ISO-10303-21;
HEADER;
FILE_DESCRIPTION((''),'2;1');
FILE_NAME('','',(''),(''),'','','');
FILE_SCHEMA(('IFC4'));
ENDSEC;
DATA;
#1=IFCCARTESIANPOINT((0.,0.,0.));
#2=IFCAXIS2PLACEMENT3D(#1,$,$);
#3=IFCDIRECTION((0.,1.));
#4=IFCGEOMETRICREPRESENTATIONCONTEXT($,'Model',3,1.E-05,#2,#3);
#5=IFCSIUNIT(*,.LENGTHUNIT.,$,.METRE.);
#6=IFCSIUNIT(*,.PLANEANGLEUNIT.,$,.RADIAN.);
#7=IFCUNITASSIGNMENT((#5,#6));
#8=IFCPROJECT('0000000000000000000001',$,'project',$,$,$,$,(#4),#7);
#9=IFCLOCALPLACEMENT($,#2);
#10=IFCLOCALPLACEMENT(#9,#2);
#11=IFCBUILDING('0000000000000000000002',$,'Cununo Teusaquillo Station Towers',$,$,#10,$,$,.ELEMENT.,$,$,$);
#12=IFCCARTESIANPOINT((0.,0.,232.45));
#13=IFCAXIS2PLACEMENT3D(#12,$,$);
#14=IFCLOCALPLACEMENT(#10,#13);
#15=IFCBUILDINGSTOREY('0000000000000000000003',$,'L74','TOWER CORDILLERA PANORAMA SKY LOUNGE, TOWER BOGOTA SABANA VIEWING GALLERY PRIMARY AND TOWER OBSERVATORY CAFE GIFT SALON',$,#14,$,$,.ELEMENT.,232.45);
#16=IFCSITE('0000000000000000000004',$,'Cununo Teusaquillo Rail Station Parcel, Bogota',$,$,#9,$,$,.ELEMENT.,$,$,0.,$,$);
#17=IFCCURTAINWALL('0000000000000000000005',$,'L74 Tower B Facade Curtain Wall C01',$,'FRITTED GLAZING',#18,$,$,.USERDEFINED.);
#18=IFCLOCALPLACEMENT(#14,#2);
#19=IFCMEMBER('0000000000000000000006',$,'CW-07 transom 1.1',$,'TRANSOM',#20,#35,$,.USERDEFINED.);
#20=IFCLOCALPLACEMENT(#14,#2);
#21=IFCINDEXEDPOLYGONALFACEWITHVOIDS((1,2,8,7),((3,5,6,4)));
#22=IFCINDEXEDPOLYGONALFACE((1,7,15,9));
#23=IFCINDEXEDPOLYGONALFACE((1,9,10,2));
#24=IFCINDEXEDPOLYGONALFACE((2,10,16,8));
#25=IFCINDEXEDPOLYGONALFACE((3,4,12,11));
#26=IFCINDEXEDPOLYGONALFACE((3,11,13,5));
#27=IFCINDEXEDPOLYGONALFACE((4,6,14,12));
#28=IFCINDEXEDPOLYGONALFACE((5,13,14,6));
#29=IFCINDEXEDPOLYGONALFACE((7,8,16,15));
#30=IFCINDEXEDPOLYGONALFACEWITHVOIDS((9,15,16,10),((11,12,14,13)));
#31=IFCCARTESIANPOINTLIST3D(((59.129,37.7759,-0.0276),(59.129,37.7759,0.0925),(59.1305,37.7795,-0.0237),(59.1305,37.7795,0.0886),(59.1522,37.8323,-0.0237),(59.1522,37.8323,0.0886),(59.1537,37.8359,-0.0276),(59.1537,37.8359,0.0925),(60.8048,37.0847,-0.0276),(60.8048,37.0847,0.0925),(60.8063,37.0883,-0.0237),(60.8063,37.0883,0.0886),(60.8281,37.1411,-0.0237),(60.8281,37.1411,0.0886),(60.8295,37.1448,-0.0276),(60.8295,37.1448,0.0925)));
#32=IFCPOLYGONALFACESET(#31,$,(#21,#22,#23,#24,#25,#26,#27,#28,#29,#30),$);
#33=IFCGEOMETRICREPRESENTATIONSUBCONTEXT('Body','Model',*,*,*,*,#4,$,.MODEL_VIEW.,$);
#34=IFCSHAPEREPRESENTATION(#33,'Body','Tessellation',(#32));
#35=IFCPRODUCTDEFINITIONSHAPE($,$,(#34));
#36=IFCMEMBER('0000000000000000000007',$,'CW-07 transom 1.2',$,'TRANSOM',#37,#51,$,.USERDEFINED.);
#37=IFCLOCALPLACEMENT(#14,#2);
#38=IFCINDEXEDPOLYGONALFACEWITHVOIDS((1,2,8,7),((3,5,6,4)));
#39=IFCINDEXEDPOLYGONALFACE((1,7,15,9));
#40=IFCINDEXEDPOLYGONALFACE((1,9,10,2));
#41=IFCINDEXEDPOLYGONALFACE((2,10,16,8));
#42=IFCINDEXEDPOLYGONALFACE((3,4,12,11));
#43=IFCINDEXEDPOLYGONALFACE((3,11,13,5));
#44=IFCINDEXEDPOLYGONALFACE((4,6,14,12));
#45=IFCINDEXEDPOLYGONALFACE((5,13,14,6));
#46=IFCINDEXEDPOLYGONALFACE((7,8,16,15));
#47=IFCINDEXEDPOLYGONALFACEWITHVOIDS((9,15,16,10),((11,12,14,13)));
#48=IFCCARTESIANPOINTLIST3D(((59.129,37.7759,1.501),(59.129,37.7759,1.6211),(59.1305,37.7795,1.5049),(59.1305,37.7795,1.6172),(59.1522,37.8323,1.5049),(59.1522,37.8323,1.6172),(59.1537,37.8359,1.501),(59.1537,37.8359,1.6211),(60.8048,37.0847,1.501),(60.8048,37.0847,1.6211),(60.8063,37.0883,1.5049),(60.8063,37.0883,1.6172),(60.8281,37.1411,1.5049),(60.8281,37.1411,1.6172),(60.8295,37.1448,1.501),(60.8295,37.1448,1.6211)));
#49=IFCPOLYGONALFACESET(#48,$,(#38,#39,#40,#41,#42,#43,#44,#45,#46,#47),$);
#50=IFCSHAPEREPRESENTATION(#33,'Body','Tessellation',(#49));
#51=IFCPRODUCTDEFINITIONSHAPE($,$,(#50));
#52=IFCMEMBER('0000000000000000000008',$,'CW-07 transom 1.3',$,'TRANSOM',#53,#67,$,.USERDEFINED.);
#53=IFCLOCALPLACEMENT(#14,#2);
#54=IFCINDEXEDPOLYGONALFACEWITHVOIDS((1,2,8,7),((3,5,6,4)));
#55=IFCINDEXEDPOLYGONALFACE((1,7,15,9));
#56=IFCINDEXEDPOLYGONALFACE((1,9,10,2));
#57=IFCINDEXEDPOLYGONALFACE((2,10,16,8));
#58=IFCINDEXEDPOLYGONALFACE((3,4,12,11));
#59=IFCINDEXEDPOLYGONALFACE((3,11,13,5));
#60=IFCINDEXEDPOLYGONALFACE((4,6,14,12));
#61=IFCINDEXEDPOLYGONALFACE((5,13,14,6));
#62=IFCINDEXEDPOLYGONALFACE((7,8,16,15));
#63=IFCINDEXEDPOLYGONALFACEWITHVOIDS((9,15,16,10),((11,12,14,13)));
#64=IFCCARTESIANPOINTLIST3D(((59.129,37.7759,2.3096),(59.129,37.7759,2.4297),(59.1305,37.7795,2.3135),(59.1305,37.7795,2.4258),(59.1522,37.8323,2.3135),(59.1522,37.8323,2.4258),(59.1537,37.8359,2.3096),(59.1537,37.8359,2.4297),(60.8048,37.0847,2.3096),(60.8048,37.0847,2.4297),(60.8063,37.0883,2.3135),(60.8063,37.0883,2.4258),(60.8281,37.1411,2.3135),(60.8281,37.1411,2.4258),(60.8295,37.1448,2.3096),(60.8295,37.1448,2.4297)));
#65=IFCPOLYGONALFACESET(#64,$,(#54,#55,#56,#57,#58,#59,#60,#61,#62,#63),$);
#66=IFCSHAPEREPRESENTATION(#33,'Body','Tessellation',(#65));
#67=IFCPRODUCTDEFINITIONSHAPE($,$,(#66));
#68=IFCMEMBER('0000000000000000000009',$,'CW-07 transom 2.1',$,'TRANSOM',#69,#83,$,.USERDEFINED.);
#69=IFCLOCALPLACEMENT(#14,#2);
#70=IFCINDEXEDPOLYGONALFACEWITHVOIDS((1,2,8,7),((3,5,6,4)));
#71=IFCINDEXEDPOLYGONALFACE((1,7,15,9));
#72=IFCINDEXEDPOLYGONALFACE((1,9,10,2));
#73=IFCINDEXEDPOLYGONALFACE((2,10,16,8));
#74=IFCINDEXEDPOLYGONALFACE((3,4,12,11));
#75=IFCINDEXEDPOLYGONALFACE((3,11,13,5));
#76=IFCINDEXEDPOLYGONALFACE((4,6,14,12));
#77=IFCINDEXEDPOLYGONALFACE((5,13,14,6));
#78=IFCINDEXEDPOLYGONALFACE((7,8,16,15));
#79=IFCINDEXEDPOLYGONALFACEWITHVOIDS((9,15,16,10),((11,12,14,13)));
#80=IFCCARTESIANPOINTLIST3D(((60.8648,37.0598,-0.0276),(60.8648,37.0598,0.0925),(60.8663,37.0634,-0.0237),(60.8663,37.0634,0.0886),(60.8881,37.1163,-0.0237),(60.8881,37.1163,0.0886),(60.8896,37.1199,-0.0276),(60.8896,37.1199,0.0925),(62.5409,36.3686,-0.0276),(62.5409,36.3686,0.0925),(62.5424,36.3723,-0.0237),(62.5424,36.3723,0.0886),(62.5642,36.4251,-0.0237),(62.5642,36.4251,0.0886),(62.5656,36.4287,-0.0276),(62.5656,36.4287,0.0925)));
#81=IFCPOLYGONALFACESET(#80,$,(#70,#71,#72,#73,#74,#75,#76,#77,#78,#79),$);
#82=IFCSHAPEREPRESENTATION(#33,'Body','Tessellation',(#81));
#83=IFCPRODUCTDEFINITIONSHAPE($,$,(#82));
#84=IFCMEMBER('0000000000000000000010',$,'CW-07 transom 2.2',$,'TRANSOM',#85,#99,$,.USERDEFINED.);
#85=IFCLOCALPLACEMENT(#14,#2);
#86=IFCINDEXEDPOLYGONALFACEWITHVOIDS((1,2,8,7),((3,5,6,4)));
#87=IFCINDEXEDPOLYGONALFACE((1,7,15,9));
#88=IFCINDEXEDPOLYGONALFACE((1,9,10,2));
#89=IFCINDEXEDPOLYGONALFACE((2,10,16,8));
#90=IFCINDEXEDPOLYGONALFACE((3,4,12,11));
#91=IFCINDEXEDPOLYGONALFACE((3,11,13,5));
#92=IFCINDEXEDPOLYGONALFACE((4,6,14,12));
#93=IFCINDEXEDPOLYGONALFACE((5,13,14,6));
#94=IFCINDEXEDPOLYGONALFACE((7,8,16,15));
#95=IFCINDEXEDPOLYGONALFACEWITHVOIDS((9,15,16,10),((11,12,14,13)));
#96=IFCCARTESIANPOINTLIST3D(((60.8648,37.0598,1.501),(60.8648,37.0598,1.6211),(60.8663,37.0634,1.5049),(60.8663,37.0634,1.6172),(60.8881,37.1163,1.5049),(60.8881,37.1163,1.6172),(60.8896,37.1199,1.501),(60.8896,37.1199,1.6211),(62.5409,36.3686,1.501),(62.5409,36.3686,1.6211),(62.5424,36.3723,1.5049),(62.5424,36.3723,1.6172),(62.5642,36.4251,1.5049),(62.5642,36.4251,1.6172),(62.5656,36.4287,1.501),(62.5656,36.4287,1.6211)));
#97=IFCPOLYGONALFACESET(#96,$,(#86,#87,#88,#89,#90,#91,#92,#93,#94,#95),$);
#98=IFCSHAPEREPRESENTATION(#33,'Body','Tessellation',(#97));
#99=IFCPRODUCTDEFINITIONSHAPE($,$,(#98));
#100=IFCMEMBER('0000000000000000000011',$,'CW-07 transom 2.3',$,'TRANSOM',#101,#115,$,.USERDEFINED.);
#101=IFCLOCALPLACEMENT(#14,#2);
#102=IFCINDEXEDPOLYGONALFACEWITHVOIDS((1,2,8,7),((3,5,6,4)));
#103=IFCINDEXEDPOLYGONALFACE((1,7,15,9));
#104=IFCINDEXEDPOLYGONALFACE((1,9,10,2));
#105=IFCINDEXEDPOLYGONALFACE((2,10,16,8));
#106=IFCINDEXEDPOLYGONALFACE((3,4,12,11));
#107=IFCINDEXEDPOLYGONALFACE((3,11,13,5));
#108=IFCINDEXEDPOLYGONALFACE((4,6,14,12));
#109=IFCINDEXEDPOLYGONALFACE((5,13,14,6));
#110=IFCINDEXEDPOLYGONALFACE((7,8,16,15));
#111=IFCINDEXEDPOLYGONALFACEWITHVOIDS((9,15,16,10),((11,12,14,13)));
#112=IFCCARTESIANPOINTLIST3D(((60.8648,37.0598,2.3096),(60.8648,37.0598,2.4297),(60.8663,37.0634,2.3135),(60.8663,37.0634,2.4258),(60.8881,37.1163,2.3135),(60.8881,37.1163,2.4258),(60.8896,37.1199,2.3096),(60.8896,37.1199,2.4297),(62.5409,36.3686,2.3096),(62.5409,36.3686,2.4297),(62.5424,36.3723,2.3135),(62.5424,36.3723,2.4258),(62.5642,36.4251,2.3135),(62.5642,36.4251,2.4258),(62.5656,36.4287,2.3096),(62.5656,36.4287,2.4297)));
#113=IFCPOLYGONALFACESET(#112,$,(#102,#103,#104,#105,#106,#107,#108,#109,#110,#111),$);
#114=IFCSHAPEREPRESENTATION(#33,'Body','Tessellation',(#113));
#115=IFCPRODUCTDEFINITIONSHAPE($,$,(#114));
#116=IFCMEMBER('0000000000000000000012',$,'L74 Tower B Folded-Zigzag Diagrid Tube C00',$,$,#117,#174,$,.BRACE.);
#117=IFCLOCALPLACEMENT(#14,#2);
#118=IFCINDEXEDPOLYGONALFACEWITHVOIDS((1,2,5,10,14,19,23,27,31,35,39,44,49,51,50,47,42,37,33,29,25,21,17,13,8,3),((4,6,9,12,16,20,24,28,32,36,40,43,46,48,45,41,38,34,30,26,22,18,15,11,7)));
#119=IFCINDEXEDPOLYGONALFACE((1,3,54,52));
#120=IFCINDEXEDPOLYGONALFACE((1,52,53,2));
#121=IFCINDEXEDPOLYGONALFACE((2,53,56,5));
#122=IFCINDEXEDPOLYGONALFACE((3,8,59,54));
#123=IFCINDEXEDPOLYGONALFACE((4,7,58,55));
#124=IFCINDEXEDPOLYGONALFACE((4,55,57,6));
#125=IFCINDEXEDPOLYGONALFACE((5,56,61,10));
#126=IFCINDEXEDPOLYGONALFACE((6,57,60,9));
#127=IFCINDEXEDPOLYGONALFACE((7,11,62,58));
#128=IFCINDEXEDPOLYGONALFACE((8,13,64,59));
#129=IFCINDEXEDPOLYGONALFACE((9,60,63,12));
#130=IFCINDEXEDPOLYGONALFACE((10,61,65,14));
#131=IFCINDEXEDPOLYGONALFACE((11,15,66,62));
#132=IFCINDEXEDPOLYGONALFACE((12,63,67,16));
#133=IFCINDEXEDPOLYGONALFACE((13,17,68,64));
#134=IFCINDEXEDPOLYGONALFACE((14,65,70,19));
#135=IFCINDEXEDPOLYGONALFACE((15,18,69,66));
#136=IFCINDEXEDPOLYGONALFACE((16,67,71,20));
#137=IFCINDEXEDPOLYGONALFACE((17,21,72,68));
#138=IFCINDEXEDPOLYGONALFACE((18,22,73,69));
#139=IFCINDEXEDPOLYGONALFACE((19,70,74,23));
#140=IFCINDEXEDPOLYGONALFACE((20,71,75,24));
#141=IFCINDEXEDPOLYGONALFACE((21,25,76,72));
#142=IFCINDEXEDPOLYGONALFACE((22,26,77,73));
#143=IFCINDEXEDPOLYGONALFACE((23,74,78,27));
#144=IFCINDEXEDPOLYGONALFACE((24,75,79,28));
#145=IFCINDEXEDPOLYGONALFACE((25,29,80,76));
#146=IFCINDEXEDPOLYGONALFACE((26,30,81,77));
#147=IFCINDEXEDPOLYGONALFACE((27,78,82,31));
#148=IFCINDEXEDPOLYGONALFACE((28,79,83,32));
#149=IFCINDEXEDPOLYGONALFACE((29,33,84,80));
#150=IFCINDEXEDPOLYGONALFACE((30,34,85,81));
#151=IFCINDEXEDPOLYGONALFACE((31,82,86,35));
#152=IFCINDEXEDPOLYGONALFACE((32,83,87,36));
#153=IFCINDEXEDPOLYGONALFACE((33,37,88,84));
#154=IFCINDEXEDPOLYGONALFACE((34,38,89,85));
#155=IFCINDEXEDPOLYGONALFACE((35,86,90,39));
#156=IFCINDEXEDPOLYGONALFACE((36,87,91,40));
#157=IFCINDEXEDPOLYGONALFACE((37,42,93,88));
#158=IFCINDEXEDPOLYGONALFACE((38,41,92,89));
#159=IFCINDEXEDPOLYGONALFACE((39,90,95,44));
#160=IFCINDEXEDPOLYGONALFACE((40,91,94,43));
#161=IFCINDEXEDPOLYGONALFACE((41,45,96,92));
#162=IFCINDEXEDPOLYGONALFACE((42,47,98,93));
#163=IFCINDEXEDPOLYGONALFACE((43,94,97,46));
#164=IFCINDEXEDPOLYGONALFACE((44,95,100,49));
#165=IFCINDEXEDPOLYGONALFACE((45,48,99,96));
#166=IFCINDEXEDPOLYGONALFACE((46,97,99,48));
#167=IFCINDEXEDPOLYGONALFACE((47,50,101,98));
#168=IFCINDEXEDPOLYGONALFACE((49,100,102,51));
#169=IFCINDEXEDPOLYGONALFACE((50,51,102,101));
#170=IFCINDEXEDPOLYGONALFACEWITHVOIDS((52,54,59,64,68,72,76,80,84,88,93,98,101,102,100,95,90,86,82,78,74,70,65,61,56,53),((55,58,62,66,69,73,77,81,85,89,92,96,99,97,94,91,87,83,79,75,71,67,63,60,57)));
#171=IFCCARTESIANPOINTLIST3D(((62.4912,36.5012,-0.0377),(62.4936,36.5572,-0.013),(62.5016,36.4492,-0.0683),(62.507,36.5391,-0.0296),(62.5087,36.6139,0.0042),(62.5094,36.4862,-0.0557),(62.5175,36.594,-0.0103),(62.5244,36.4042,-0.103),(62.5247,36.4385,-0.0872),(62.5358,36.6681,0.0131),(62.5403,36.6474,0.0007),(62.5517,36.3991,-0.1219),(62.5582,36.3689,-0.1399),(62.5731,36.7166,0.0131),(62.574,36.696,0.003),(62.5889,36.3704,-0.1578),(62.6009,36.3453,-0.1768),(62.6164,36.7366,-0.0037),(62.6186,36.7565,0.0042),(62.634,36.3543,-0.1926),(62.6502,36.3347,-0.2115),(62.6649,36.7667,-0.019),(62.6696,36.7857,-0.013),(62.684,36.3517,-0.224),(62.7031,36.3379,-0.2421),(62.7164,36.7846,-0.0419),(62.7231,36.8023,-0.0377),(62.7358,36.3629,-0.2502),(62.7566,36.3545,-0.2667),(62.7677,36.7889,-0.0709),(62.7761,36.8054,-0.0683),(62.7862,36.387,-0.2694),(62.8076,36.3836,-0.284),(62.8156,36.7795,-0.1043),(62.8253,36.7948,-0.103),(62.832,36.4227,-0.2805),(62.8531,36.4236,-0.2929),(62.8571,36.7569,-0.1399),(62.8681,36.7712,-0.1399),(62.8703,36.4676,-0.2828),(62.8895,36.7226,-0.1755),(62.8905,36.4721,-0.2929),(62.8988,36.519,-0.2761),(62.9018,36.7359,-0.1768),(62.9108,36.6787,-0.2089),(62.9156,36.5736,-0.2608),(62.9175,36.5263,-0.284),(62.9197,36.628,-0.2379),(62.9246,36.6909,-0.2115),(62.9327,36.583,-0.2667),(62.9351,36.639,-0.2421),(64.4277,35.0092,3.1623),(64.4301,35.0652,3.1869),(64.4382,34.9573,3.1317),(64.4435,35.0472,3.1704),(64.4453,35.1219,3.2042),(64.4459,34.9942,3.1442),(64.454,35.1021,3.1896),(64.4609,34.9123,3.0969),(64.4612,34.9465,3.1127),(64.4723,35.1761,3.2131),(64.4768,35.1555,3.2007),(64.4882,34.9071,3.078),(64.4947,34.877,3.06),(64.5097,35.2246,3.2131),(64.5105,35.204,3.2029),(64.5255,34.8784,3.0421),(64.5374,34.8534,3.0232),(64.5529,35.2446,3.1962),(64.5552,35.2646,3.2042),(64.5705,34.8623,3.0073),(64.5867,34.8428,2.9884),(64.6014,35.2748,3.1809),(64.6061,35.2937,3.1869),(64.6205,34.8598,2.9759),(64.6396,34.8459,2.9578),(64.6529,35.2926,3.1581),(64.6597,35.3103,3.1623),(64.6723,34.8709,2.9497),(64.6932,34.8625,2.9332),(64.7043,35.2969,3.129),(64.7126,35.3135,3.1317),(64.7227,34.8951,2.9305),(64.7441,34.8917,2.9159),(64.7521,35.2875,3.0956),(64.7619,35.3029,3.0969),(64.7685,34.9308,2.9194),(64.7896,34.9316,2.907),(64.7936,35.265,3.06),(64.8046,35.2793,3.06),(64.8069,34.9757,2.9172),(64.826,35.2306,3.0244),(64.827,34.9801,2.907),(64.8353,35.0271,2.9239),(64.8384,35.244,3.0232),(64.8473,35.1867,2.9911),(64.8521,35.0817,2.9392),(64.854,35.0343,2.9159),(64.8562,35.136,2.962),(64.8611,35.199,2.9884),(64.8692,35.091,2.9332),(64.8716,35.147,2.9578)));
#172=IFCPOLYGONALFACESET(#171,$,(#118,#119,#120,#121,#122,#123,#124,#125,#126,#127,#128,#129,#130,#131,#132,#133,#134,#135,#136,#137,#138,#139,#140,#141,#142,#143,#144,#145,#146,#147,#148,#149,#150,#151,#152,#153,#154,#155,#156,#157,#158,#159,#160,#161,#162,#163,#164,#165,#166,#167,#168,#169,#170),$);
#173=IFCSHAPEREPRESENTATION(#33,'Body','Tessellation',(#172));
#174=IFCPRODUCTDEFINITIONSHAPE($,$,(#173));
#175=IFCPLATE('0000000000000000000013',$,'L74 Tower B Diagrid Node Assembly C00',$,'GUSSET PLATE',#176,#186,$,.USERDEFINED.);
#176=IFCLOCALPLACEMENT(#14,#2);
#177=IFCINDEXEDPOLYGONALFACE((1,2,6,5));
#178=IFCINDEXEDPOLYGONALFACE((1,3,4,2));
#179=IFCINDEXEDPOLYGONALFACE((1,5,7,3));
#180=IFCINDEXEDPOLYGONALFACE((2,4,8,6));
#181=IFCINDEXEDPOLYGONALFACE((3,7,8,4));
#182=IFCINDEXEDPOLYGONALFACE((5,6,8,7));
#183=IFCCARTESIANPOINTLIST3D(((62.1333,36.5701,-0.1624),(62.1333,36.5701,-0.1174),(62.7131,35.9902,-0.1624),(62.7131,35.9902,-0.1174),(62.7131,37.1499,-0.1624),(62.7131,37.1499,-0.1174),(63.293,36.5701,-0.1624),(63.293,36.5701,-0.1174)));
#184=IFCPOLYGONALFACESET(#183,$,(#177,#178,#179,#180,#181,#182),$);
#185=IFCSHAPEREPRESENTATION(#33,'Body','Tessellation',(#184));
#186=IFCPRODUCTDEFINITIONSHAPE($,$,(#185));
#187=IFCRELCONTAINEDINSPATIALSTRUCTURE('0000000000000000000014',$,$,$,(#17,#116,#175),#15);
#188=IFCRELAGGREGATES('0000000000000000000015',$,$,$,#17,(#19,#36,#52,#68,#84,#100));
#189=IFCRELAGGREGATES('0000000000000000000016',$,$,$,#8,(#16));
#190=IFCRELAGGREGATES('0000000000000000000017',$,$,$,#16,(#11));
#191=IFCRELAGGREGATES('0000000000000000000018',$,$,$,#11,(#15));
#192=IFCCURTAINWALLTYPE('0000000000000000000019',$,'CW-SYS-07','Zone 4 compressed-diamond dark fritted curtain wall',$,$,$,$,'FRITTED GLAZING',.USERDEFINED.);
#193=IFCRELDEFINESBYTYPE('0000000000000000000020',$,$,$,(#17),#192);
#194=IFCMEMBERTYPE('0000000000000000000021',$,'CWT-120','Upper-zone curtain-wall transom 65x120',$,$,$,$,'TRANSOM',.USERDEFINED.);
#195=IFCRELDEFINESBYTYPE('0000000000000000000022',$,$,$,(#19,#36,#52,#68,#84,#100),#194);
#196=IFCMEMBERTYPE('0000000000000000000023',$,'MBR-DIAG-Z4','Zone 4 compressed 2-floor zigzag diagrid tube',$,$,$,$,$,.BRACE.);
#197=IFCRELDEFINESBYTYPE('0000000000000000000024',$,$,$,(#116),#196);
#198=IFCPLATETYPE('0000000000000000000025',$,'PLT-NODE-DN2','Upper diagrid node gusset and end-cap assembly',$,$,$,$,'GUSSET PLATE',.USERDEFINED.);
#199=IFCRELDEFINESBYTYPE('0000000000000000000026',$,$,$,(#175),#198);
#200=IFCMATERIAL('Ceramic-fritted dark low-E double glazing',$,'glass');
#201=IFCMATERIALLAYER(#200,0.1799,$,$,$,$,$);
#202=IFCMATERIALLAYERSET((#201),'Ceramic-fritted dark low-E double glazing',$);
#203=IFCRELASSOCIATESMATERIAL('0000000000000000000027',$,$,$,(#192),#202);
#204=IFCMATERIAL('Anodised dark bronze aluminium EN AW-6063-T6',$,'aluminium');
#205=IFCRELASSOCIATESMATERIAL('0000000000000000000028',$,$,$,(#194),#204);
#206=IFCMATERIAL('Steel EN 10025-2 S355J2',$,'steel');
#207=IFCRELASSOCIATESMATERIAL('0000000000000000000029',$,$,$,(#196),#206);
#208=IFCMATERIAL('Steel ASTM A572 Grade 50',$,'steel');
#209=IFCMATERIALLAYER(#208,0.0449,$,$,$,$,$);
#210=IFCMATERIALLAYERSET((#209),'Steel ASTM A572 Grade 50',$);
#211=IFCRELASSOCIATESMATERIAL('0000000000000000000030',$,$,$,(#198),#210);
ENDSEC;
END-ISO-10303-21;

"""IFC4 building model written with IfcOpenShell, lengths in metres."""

from ifc_helpers import new_model, si_unit, direction, frame, origin, origin_2d, place, context, subcontext, project, spatial, rectangle, hollow_rectangle, hollow_circle, extrude, source, transform, mapped, material, layer, layer_set, material_profile, profile_set, type_object, element, aggregate, save


model = new_model("IFC4")

# Units and contexts
model_context = context("Model", 3, precision=1e-05, world=origin(), true_north=direction((0.0, 1.0)))
body_context = subcontext(model_context, "Body", "Model", "MODEL_VIEW")
ifc_project = project(units=[si_unit("LENGTHUNIT", "METRE"), si_unit("PLANEANGLEUNIT", "RADIAN")], contexts=[model_context])

# Site, building, storey
site_placement = place(None, origin())
site = spatial("IfcSite", under=ifc_project, at=site_placement, Name="Cununo Teusaquillo Rail Station Parcel, Bogota", CompositionType="ELEMENT", RefElevation=0.0)
building_placement = place(site_placement, origin())
building = spatial("IfcBuilding", under=site, at=building_placement, Name="Cununo Teusaquillo Station Towers", CompositionType="ELEMENT")
storey_placement = place(building_placement, frame((0.0, 0.0, 232.45)))
storey = spatial("IfcBuildingStorey", under=building, at=storey_placement, Name="L74", Description="TOWER CORDILLERA PANORAMA SKY LOUNGE, TOWER BOGOTA SABANA VIEWING GALLERY PRIMARY AND TOWER OBSERVATORY CAFE GIFT SALON", CompositionType="ELEMENT", Elevation=232.45)

# Curtain wall, members
ifc_material_1 = material(Name="Ceramic-fritted dark low-E double glazing", Category="glass")
ifc_layer_1 = layer(ifc_material_1, 0.1799)
ifc_layer_set_1 = layer_set([ifc_layer_1], Name="Ceramic-fritted dark low-E double glazing")
curtain_wall_type = type_object("IfcCurtainWallType", Name="CW-SYS-07", Description="Zone 4 compressed-diamond dark fritted curtain wall", ElementType="FRITTED GLAZING", PredefinedType="USERDEFINED", material=ifc_layer_set_1)
curtain_wall_placement = place(storey_placement, origin())
curtain_wall = element("IfcCurtainWall", 1, at=curtain_wall_placement, inside=storey, type_object=curtain_wall_type, Name="L74 Tower B Facade Curtain Wall C01", ObjectType="FRITTED GLAZING", PredefinedType="USERDEFINED")
ifc_material_2 = material(Name="Anodised dark bronze aluminium EN AW-6063-T6", Category="aluminium")
ifc_material_profile_1 = material_profile(ifc_material_2, hollow_rectangle(XDim=0.0649, YDim=0.1201, WallThickness=0.0039, at=origin_2d()), Name="CW-TRAN-65x120")
ifc_profile_set_1 = profile_set([ifc_material_profile_1], Name="Anodised dark bronze aluminium EN AW-6063-T6")
member_type_1 = type_object("IfcMemberType", Name="CWT-120", Description="Upper-zone curtain-wall transom 65x120", ElementType="TRANSOM", PredefinedType="USERDEFINED", material=ifc_profile_set_1)
member_1_placement = place(storey_placement, frame((59.1414, 37.8059, 0.0325), z_axis=(0.924458, -0.381285, 0.0), x_axis=(0.381285, 0.924458, 0.0)))
member_1 = element("IfcMember", 2, at=member_1_placement, type_object=member_type_1, Name="CW-07 transom 1.1", ObjectType="TRANSOM", PredefinedType="USERDEFINED", context=body_context, shape_type="SweptSolid", body=[
    extrude(hollow_rectangle(XDim=0.0649, YDim=0.1201, WallThickness=0.0039, at=origin_2d()), origin(), (0.0, 0.0, 1.0), 1.8127),
])
member_2_placement = place(storey_placement, frame((59.1414, 37.8059, 1.561), z_axis=(0.924458, -0.381285, 0.0), x_axis=(0.381285, 0.924458, 0.0)))
member_2 = element("IfcMember", 3, at=member_2_placement, type_object=member_type_1, Name="CW-07 transom 1.2", ObjectType="TRANSOM", PredefinedType="USERDEFINED", context=body_context, shape_type="SweptSolid", body=[
    extrude(hollow_rectangle(XDim=0.0649, YDim=0.1201, WallThickness=0.0039, at=origin_2d()), origin(), (0.0, 0.0, 1.0), 1.8127),
])
member_3_placement = place(storey_placement, frame((59.1414, 37.8059, 2.3696), z_axis=(0.924458, -0.381285, 0.0), x_axis=(0.381285, 0.924458, 0.0)))
member_3 = element("IfcMember", 4, at=member_3_placement, type_object=member_type_1, Name="CW-07 transom 1.3", ObjectType="TRANSOM", PredefinedType="USERDEFINED", context=body_context, shape_type="SweptSolid", body=[
    extrude(hollow_rectangle(XDim=0.0649, YDim=0.1201, WallThickness=0.0039, at=origin_2d()), origin(), (0.0, 0.0, 1.0), 1.8127),
])
member_4_placement = place(storey_placement, frame((60.8772, 37.0898, 0.0325), z_axis=(0.924477, -0.381237, 0.0), x_axis=(0.381237, 0.924477, 0.0)))
member_4 = element("IfcMember", 5, at=member_4_placement, type_object=member_type_1, Name="CW-07 transom 2.1", ObjectType="TRANSOM", PredefinedType="USERDEFINED", context=body_context, shape_type="SweptSolid", body=[
    extrude(hollow_rectangle(XDim=0.0649, YDim=0.1201, WallThickness=0.0039, at=origin_2d()), origin(), (0.0, 0.0, 1.0), 1.813),
])
member_5_placement = place(storey_placement, frame((60.8772, 37.0898, 1.561), z_axis=(0.924477, -0.381237, 0.0), x_axis=(0.381237, 0.924477, 0.0)))
member_5 = element("IfcMember", 6, at=member_5_placement, type_object=member_type_1, Name="CW-07 transom 2.2", ObjectType="TRANSOM", PredefinedType="USERDEFINED", context=body_context, shape_type="SweptSolid", body=[
    extrude(hollow_rectangle(XDim=0.0649, YDim=0.1201, WallThickness=0.0039, at=origin_2d()), origin(), (0.0, 0.0, 1.0), 1.813),
])
member_6_placement = place(storey_placement, frame((60.8772, 37.0898, 2.3696), z_axis=(0.924477, -0.381237, 0.0), x_axis=(0.381237, 0.924477, 0.0)))
member_6 = element("IfcMember", 7, at=member_6_placement, type_object=member_type_1, Name="CW-07 transom 2.3", ObjectType="TRANSOM", PredefinedType="USERDEFINED", context=body_context, shape_type="SweptSolid", body=[
    extrude(hollow_rectangle(XDim=0.0649, YDim=0.1201, WallThickness=0.0039, at=origin_2d()), origin(), (0.0, 0.0, 1.0), 1.813),
])

# Member
ifc_material_3 = material(Name="Steel EN 10025-2 S355J2", Category="steel")
ifc_material_profile_2 = material_profile(ifc_material_3, hollow_circle(Radius=0.2539, WallThickness=0.0181, at=origin_2d()), Name="CHS 508x18")
ifc_profile_set_2 = profile_set([ifc_material_profile_2], Name="Steel EN 10025-2 S355J2")
member_type_2 = type_object("IfcMemberType", Name="MBR-DIAG-Z4", Description="Zone 4 compressed 2-floor zigzag diagrid tube", PredefinedType="BRACE", material=ifc_profile_set_2)
member_7_placement = place(storey_placement, frame((62.7131, 36.5701, -0.1399), z_axis=(0.4809, -0.370497, 0.794649), x_axis=(0.610304, 0.792167, 0.0)))
element("IfcMember", 8, at=member_7_placement, inside=storey, type_object=member_type_2, Name="L74 Tower B Folded-Zigzag Diagrid Tube C00", PredefinedType="BRACE", context=body_context, shape_type="SweptSolid", body=[
    extrude(hollow_circle(Radius=0.2539, WallThickness=0.0181, at=origin_2d()), origin(), (0.0, 0.0, 1.0), 4.0269),
])

# Plate
ifc_material_4 = material(Name="Steel ASTM A572 Grade 50", Category="steel")
ifc_layer_2 = layer(ifc_material_4, 0.0449)
ifc_layer_set_2 = layer_set([ifc_layer_2], Name="Steel ASTM A572 Grade 50")
plate_type_1 = type_object("IfcPlateType", Name="PLT-NODE-DN2", Description="Upper diagrid node gusset and end-cap assembly", ElementType="GUSSET PLATE", PredefinedType="USERDEFINED", material=ifc_layer_set_2)
shared_shape_1 = source(origin(), body_context, "Body", "SweptSolid", [
    extrude(rectangle(XDim=0.8201, YDim=0.8201, at=origin_2d()), origin(), (0.0, 0.0, 1.0), 0.0449),
])
plate_1_placement = place(storey_placement, frame((62.7131, 36.5701, -0.1624), z_axis=(0.0, 0.0, 1.0), x_axis=(0.707107, 0.707107, 0.0)))
element("IfcPlate", 9, at=plate_1_placement, inside=storey, type_object=plate_type_1, Name="L74 Tower B Diagrid Node Assembly C00", ObjectType="GUSSET PLATE", PredefinedType="USERDEFINED", context=body_context, shape_type="MappedRepresentation", body=[
    mapped(shared_shape_1, transform((0.0, 0.0, 0.0), x_axis=(1.0, 0.0, 0.0), y_axis=(0.0, 1.0, 0.0), z_axis=(0.0, 0.0, 1.0), scale=1.0)),
])
aggregate(curtain_wall, [member_1, member_2, member_3, member_4, member_5, member_6])

save(model, "model.ifc")
